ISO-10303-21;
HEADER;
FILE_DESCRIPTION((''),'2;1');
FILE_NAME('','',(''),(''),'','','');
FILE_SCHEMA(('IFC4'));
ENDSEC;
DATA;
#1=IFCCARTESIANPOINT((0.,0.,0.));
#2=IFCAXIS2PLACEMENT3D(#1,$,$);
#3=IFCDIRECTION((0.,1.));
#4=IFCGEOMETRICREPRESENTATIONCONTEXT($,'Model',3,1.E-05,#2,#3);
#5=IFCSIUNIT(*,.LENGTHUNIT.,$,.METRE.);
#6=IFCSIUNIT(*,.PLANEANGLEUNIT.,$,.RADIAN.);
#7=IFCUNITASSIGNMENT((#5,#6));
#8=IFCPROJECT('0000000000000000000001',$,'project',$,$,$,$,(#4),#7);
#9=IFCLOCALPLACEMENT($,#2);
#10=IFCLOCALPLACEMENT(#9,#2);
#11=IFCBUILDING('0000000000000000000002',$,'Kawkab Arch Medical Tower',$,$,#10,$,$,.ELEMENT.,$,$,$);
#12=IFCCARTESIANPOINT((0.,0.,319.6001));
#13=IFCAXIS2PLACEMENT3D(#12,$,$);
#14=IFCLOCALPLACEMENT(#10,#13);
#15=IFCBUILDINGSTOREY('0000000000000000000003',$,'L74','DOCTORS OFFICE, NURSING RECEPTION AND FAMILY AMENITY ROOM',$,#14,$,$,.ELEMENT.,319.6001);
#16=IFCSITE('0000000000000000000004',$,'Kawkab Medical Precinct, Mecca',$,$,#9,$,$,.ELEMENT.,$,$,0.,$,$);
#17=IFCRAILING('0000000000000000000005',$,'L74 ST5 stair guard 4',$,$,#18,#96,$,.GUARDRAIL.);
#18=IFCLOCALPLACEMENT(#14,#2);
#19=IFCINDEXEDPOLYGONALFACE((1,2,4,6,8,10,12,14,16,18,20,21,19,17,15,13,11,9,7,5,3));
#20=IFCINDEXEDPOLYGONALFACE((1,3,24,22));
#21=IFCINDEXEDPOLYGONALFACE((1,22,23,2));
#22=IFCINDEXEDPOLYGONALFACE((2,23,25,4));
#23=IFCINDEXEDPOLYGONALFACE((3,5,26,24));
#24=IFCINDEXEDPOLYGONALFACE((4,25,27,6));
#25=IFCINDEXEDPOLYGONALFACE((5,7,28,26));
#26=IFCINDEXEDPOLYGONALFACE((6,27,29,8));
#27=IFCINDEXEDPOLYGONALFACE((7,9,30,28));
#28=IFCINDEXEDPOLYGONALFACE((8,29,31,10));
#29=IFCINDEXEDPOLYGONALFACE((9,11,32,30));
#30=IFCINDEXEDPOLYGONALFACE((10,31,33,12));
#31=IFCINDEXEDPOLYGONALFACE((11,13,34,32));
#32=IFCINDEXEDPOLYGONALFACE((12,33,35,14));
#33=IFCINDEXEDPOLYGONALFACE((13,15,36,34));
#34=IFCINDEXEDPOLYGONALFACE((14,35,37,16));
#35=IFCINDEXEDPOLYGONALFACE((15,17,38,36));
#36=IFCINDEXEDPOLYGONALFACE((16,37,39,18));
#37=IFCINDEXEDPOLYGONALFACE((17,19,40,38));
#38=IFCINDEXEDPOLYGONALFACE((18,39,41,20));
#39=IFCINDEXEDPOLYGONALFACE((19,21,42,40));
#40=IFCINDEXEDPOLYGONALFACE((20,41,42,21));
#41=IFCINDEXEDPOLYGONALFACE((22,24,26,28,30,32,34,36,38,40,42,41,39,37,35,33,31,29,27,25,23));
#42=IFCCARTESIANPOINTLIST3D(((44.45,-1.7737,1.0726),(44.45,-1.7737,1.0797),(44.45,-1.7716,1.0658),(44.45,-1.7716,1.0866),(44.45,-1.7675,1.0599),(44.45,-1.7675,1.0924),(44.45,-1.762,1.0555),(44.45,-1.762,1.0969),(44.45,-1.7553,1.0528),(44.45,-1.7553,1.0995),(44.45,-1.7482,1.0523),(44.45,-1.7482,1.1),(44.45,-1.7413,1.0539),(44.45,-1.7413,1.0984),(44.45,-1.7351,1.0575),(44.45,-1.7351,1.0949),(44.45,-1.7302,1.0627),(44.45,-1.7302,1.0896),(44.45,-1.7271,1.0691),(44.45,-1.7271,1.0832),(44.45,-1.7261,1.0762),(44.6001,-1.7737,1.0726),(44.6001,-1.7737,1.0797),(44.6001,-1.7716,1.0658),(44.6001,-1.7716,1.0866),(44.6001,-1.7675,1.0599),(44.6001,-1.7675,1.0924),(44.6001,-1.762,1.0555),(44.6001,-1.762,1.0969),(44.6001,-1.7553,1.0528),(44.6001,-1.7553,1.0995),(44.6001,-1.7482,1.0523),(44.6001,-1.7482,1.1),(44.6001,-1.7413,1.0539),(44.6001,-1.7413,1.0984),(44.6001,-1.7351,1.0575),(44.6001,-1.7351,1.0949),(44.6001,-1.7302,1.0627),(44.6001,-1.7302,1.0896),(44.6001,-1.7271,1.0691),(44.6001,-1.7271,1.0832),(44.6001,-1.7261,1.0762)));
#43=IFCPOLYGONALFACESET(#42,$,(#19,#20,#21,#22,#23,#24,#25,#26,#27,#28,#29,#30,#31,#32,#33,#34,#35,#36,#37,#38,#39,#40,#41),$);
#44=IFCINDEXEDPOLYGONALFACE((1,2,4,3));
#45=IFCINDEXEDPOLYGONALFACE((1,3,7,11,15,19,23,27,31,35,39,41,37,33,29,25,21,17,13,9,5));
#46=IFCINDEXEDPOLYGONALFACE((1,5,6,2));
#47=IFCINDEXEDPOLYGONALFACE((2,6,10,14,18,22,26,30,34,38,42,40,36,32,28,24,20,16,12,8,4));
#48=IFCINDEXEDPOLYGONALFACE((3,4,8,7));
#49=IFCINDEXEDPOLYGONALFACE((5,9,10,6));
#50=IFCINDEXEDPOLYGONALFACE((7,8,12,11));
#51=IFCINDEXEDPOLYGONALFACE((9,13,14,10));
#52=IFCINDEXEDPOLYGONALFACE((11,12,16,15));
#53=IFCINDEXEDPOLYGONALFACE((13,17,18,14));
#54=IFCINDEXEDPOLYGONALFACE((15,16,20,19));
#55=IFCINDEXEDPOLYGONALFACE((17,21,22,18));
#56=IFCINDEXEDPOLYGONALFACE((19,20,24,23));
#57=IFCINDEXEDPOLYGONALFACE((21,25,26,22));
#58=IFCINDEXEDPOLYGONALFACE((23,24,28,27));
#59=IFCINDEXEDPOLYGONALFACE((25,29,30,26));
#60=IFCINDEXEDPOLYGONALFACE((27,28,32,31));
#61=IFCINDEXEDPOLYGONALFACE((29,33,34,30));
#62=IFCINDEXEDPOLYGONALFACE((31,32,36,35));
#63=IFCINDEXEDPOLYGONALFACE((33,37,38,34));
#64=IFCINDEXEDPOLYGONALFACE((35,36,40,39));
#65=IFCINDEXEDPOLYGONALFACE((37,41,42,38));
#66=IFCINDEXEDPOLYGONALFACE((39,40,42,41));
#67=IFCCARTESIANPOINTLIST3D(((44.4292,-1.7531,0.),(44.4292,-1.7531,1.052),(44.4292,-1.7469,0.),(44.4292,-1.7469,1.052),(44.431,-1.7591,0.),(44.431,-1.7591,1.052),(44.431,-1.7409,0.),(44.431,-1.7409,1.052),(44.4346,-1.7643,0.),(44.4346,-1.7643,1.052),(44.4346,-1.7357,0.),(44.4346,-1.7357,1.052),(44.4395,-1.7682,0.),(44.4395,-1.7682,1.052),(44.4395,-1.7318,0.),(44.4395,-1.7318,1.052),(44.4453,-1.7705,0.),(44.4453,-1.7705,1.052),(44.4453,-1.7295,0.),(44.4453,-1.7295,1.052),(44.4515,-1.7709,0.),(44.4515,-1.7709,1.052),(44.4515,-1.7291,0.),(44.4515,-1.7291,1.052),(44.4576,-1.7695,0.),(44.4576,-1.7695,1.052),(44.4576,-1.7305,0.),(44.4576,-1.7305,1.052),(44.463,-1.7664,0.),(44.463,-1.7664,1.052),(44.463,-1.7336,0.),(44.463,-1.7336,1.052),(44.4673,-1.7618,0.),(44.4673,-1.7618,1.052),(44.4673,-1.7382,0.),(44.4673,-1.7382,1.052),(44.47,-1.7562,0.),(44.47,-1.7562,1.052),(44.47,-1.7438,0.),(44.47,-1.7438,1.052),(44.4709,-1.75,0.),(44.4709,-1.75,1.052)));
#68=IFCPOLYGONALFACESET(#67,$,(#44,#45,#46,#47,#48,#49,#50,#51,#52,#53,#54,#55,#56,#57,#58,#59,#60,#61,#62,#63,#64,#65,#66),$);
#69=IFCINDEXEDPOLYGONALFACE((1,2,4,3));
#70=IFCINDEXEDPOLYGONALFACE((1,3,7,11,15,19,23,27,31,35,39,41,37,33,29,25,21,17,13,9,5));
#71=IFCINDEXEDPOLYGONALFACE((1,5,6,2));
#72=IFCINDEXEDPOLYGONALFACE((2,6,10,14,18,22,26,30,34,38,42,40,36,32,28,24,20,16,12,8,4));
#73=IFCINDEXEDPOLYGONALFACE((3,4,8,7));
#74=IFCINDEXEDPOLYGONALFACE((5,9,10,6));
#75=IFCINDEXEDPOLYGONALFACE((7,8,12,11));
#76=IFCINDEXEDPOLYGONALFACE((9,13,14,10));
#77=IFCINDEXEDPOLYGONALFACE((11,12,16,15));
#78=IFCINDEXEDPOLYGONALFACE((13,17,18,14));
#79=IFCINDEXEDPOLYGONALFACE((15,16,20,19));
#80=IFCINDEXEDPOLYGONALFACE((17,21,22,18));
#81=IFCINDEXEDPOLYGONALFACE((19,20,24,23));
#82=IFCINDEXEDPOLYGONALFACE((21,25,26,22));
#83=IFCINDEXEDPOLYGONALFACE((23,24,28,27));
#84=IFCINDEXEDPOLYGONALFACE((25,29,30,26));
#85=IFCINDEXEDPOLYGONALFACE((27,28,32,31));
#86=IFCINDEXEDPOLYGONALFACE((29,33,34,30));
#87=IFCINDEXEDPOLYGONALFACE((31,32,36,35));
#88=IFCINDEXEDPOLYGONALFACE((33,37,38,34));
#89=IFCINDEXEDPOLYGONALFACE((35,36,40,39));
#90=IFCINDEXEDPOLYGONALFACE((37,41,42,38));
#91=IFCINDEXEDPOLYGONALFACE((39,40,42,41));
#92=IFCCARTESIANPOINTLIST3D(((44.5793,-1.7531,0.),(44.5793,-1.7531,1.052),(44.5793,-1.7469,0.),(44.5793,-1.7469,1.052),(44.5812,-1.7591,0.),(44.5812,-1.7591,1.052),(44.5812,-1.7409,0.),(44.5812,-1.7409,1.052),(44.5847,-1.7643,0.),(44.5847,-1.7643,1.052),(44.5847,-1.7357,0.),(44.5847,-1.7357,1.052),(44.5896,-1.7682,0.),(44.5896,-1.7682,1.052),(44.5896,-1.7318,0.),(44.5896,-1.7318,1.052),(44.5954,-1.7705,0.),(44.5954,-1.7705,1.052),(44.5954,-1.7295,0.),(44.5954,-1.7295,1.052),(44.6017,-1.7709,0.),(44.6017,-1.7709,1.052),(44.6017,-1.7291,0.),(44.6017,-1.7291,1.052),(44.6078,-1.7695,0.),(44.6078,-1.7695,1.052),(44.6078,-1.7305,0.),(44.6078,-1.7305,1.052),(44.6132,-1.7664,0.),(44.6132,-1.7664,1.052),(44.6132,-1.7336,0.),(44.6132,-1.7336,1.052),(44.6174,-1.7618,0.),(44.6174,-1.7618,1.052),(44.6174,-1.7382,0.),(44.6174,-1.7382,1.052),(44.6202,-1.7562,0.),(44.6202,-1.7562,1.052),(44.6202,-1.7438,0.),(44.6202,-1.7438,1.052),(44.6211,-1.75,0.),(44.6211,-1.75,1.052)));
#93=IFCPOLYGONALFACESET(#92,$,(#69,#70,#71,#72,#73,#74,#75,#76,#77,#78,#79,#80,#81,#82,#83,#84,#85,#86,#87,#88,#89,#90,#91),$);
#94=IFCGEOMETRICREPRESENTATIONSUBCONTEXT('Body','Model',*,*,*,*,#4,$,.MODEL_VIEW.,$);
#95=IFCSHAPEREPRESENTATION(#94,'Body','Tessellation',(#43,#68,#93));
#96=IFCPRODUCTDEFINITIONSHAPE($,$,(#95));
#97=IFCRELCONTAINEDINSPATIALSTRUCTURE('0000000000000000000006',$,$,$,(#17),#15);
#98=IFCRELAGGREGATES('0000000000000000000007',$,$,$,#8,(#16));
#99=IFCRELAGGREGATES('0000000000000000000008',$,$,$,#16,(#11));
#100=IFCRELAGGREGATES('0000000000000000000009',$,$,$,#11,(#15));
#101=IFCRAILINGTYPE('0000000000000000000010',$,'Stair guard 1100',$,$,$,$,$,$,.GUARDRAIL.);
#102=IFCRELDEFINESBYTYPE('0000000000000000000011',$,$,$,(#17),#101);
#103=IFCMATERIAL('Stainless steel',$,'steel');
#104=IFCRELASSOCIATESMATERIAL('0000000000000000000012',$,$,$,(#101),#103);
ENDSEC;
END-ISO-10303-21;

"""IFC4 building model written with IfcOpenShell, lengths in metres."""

from ifc_helpers import new_model, si_unit, direction, frame, origin, origin_2d, place, context, subcontext, project, spatial, circle, extrude, material, type_object, element, save


model = new_model("IFC4")

# Units and contexts
model_context = context("Model", 3, precision=1e-05, world=origin(), true_north=direction((0.0, 1.0)))
body_context = subcontext(model_context, "Body", "Model", "MODEL_VIEW")
ifc_project = project(units=[si_unit("LENGTHUNIT", "METRE"), si_unit("PLANEANGLEUNIT", "RADIAN")], contexts=[model_context])

# Site, building, storey
site_placement = place(None, origin())
site = spatial("IfcSite", under=ifc_project, at=site_placement, Name="Kawkab Medical Precinct, Mecca", CompositionType="ELEMENT", RefElevation=0.0)
building_placement = place(site_placement, origin())
building = spatial("IfcBuilding", under=site, at=building_placement, Name="Kawkab Arch Medical Tower", CompositionType="ELEMENT")
storey_placement = place(building_placement, frame((0.0, 0.0, 319.6001)))
storey = spatial("IfcBuildingStorey", under=building, at=storey_placement, Name="L74", Description="DOCTORS OFFICE, NURSING RECEPTION AND FAMILY AMENITY ROOM", CompositionType="ELEMENT", Elevation=319.6001)

# Railing
ifc_material_1 = material(Name="Stainless steel", Category="steel")
railing_type = type_object("IfcRailingType", Name="Stair guard 1100", PredefinedType="GUARDRAIL", material=ifc_material_1)
railing_1_placement = place(storey_placement, frame((44.45, -1.75, 0.0)))
element("IfcRailing", 1, at=railing_1_placement, inside=storey, type_object=railing_type, Name="L74 ST5 stair guard 4", PredefinedType="GUARDRAIL", context=body_context, shape_type="SweptSolid", body=[
    extrude(circle(Radius=0.0239, at=origin_2d()), frame((0.0, 0.0, 1.0762), z_axis=(1.0, 0.0, 0.0), x_axis=(0.0, 1.0, 0.0)), (0.0, 0.0, 1.0), 0.1501),
    extrude(circle(Radius=0.021, at=origin_2d()), origin(), (0.0, 0.0, 1.0), 1.052),
    extrude(circle(Radius=0.021, at=origin_2d()), frame((0.1501, 0.0, 0.0)), (0.0, 0.0, 1.0), 1.052),
])

save(model, "model.ifc")
